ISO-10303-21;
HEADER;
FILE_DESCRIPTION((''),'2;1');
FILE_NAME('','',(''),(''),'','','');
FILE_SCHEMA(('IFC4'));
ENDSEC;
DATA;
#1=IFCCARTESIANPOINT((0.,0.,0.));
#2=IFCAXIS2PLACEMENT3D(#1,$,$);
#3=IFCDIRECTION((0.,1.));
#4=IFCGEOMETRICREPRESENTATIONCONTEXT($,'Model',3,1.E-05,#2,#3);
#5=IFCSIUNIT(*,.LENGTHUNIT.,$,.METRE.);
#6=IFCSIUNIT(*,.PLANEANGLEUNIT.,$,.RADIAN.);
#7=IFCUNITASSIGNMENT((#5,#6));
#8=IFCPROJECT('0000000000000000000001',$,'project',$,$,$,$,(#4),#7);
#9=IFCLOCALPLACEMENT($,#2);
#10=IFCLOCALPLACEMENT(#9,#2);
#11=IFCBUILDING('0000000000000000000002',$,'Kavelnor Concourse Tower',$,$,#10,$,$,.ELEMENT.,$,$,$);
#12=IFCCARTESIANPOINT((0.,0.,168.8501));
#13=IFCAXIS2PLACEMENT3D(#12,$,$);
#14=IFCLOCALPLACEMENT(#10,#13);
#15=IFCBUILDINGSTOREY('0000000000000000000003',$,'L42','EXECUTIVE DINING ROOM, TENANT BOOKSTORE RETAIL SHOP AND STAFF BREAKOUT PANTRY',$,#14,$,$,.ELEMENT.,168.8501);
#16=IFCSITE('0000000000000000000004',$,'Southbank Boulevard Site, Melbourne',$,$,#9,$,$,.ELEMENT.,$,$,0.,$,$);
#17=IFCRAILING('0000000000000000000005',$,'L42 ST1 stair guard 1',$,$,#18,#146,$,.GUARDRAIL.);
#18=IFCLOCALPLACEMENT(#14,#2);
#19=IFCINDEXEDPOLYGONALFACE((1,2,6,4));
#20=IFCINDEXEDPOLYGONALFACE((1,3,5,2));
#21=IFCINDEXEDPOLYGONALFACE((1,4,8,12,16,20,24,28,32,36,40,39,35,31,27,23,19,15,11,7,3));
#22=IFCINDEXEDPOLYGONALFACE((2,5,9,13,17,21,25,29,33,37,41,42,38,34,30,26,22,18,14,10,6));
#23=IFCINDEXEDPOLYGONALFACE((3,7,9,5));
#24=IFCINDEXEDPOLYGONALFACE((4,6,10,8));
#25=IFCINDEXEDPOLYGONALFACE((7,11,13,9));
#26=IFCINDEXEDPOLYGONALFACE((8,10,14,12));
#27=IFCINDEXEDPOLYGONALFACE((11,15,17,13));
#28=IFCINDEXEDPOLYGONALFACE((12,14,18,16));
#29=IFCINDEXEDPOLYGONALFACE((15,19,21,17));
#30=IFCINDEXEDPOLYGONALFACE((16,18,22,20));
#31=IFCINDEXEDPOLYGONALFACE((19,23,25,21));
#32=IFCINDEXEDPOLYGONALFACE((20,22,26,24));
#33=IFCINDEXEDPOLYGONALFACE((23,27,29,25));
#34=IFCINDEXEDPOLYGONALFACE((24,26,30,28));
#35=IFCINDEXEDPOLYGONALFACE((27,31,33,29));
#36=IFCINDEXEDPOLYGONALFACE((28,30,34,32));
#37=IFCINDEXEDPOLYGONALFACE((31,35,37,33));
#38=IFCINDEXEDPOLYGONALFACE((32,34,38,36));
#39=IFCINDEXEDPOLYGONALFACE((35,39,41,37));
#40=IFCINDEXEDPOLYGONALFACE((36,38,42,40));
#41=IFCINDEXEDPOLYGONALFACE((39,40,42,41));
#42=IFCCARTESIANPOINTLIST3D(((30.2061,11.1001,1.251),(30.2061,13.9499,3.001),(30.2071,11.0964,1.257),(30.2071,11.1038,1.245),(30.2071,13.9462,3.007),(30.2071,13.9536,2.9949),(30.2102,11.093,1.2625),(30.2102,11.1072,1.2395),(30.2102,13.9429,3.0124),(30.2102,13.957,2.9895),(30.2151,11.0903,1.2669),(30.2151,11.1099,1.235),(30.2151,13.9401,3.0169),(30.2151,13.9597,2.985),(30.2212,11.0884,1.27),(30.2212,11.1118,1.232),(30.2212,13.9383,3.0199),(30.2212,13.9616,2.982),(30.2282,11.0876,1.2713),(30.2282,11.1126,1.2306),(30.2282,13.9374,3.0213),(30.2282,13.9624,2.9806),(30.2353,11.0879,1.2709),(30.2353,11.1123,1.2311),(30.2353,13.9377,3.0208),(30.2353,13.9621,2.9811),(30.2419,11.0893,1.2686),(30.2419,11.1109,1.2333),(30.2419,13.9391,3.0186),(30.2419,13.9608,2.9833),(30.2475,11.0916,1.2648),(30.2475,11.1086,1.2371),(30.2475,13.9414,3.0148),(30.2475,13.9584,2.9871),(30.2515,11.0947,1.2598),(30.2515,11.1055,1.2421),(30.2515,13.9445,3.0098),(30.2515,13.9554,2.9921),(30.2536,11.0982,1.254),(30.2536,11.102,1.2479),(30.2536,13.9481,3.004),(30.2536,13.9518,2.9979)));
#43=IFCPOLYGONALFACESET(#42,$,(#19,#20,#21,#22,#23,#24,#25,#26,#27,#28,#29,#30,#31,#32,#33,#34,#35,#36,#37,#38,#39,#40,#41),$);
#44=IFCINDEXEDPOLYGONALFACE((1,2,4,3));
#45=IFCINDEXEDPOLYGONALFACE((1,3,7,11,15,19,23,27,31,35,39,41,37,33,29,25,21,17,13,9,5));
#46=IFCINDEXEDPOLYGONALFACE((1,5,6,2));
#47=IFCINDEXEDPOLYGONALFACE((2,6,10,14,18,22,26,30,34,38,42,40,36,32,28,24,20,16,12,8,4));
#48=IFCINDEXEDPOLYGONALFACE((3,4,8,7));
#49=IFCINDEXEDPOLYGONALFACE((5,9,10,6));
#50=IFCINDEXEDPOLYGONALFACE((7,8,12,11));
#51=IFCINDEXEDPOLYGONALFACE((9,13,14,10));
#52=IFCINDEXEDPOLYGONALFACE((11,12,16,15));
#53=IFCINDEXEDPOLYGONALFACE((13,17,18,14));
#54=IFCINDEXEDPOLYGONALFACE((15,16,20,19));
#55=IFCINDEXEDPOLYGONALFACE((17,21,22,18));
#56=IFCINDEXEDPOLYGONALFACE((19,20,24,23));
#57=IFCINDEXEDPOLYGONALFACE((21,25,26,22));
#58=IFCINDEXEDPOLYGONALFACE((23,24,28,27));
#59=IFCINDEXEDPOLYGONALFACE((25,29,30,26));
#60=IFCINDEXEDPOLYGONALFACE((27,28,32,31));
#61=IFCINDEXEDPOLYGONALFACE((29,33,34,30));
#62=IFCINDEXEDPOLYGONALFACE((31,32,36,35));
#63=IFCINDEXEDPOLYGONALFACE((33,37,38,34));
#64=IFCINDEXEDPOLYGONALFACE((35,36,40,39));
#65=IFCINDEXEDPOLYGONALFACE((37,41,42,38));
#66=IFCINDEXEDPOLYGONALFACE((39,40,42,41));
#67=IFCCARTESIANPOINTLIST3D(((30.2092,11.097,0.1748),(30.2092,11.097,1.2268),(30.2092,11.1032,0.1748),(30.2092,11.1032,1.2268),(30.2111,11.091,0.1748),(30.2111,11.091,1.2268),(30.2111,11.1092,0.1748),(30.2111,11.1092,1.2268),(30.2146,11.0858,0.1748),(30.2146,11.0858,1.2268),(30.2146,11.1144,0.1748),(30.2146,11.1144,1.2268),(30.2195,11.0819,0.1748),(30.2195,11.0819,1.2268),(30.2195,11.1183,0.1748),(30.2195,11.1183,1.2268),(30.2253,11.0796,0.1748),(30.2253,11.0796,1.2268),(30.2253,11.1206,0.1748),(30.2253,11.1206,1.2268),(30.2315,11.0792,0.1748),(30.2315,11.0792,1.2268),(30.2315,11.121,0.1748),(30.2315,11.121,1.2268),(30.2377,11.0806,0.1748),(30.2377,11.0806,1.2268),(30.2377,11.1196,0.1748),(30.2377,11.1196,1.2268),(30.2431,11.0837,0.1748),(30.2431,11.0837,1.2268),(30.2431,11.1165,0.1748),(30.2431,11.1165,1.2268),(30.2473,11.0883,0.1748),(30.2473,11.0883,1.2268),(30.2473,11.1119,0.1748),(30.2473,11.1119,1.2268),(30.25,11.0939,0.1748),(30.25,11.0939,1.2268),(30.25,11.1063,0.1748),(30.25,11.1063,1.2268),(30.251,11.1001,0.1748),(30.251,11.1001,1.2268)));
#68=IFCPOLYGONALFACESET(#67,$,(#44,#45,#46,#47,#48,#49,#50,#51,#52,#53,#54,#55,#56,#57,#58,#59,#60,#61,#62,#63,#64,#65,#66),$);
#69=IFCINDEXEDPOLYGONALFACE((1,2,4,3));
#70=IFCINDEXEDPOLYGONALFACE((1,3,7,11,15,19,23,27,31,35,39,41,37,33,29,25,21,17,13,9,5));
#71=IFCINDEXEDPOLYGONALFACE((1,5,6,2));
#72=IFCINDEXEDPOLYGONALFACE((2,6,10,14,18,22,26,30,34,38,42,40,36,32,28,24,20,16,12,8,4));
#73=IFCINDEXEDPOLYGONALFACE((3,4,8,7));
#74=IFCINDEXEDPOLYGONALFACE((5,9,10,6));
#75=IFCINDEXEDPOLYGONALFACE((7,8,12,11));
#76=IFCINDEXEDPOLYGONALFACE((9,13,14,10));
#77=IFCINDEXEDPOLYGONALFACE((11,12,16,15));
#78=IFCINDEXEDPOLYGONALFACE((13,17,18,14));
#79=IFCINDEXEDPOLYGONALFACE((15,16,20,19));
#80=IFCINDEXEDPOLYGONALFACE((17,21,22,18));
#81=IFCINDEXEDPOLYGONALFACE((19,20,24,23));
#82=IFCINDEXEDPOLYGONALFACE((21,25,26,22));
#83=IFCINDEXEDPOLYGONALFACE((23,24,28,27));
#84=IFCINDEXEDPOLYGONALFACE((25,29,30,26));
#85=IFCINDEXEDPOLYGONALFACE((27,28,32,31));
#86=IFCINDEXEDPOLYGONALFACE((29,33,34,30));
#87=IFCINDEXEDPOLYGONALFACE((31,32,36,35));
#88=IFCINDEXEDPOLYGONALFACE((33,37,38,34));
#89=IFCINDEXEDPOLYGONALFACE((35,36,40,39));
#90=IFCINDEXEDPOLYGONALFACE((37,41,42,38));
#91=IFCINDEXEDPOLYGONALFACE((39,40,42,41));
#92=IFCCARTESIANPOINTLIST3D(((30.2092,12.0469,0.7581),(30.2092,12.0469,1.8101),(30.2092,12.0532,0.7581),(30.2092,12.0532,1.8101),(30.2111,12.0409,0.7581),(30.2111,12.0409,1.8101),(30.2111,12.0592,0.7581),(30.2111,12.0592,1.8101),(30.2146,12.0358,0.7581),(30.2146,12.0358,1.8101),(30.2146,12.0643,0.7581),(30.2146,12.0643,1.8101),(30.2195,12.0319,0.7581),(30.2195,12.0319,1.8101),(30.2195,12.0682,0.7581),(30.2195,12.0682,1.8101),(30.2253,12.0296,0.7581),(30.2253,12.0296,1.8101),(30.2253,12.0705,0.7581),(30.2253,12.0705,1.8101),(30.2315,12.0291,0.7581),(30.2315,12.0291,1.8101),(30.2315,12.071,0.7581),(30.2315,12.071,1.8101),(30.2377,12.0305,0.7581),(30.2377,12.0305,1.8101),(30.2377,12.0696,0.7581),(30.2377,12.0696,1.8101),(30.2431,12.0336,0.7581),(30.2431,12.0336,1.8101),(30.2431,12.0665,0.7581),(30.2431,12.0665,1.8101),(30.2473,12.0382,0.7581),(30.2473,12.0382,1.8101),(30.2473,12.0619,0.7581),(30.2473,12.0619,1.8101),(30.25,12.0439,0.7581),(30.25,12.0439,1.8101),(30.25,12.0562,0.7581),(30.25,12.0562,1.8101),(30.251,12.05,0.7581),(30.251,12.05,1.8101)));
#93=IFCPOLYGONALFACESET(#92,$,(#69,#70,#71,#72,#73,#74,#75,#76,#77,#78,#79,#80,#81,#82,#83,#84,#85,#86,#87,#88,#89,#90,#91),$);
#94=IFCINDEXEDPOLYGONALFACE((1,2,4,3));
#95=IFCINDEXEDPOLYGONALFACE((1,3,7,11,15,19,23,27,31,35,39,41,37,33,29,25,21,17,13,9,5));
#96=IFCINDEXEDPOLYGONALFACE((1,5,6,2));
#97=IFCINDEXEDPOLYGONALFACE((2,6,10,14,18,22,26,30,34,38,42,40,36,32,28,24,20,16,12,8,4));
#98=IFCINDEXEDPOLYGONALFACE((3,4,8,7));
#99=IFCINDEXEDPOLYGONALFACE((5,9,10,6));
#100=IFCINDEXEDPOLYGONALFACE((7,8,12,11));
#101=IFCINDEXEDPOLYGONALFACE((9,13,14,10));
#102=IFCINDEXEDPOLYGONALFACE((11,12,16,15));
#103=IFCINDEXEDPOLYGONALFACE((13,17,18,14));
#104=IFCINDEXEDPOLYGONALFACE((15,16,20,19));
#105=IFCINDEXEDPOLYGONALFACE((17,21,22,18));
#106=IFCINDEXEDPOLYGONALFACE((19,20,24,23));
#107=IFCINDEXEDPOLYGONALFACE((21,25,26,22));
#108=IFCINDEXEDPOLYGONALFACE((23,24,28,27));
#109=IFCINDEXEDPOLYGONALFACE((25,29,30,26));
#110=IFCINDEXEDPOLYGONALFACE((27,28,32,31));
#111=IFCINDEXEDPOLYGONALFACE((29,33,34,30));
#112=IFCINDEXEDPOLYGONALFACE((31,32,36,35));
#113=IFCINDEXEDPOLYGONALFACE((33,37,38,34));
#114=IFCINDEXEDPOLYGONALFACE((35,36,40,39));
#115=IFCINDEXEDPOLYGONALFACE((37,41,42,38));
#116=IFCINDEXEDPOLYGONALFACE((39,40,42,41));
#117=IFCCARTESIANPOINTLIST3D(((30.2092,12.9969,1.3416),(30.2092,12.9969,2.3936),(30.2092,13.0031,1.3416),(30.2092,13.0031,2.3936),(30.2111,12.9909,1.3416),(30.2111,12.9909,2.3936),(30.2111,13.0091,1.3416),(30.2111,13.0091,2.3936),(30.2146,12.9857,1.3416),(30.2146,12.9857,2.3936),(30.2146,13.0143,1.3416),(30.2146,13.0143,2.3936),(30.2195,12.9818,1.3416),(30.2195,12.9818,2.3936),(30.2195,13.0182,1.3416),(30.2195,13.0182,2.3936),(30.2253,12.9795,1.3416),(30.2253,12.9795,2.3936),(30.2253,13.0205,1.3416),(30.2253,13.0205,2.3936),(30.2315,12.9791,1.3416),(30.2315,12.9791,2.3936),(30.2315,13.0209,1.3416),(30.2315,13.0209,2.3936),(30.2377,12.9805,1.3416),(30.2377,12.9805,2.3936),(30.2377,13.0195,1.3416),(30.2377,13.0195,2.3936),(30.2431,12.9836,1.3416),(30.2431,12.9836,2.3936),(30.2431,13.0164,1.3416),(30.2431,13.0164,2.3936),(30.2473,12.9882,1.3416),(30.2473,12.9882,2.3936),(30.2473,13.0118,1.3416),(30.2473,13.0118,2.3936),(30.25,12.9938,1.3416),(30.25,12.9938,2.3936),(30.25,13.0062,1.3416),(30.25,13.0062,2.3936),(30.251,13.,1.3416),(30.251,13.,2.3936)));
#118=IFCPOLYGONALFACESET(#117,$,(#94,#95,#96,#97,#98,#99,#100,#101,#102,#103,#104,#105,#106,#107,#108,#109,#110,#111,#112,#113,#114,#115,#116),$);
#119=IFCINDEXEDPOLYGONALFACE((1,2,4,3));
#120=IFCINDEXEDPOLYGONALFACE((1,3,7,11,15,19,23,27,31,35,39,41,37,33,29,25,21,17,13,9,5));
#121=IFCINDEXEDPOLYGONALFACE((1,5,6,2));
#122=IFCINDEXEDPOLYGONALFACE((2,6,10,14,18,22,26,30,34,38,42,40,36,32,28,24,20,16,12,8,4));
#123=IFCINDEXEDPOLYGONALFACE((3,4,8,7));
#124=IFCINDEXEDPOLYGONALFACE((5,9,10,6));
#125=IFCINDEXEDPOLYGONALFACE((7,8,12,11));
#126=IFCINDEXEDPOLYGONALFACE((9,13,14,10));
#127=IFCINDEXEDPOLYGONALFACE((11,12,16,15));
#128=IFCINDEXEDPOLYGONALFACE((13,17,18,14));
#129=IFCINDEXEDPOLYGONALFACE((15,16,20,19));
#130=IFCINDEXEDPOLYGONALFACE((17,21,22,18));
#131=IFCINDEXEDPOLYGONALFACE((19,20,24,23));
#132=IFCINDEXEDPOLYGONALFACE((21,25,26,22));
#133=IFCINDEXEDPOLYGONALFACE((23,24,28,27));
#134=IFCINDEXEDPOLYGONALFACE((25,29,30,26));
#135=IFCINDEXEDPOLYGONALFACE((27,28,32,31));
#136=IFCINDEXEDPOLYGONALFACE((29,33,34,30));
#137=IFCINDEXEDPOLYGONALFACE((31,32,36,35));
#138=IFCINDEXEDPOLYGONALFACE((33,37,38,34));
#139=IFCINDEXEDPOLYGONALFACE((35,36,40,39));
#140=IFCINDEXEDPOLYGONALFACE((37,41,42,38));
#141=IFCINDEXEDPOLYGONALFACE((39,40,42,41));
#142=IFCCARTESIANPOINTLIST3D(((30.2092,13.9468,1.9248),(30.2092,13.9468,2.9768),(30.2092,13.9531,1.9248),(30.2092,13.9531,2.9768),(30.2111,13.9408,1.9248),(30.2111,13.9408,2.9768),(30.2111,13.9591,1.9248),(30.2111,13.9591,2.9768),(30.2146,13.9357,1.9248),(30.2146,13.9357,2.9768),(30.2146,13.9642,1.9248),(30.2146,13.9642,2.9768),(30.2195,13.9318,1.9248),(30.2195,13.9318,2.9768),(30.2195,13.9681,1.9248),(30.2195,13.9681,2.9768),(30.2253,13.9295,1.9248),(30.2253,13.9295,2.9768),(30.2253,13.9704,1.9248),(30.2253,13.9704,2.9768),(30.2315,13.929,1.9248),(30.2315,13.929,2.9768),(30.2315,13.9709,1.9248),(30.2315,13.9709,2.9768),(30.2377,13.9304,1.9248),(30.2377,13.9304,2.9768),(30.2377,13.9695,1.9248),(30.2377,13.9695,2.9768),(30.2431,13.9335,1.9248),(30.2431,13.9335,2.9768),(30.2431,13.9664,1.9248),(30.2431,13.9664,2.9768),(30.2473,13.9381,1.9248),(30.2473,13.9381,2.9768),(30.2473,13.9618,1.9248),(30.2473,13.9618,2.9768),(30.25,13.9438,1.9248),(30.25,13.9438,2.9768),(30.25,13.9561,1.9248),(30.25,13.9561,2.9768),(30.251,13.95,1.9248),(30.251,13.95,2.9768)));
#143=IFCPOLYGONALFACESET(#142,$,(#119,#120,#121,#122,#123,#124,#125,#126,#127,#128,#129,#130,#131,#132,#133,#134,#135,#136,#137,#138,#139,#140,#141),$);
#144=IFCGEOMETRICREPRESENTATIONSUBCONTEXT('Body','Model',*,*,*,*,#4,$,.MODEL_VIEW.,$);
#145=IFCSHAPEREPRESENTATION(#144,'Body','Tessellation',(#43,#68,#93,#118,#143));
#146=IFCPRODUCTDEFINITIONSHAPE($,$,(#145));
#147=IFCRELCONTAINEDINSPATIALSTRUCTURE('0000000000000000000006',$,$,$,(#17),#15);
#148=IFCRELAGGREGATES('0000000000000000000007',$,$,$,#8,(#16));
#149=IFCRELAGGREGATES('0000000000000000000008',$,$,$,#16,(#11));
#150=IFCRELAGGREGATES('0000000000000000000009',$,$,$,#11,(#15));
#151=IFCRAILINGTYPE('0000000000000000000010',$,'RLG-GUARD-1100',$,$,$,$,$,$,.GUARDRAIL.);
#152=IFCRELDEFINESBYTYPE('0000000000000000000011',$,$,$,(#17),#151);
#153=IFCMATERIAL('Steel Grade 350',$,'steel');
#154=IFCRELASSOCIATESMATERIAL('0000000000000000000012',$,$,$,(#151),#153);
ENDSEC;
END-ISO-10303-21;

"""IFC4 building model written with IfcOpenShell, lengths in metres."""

from ifc_helpers import new_model, si_unit, direction, frame, origin, origin_2d, place, context, subcontext, project, spatial, circle, extrude, material, type_object, element, save


model = new_model("IFC4")

# Units and contexts
model_context = context("Model", 3, precision=1e-05, world=origin(), true_north=direction((0.0, 1.0)))
body_context = subcontext(model_context, "Body", "Model", "MODEL_VIEW")
ifc_project = project(units=[si_unit("LENGTHUNIT", "METRE"), si_unit("PLANEANGLEUNIT", "RADIAN")], contexts=[model_context])

# Site, building, storey
site_placement = place(None, origin())
site = spatial("IfcSite", under=ifc_project, at=site_placement, Name="Southbank Boulevard Site, Melbourne", CompositionType="ELEMENT", RefElevation=0.0)
building_placement = place(site_placement, origin())
building = spatial("IfcBuilding", under=site, at=building_placement, Name="Kavelnor Concourse Tower", CompositionType="ELEMENT")
storey_placement = place(building_placement, frame((0.0, 0.0, 168.8501)))
storey = spatial("IfcBuildingStorey", under=building, at=storey_placement, Name="L42", Description="EXECUTIVE DINING ROOM, TENANT BOOKSTORE RETAIL SHOP AND STAFF BREAKOUT PANTRY", CompositionType="ELEMENT", Elevation=168.8501)

# Shared definitions
ifc_material_1 = material(Name="Steel Grade 350", Category="steel")

# Railing
railing_type_1 = type_object("IfcRailingType", Name="RLG-GUARD-1100", PredefinedType="GUARDRAIL", material=ifc_material_1)
railing_1_placement = place(storey_placement, frame((30.23, 11.1001, 0.1748)))
element("IfcRailing", 1, at=railing_1_placement, inside=storey, type_object=railing_type_1, Name="L42 ST1 stair guard 1", PredefinedType="GUARDRAIL", context=body_context, shape_type="SweptSolid", body=[
    extrude(circle(Radius=0.0239, at=origin_2d()), frame((0.0, 0.0, 1.0762), z_axis=(0.0, 0.852159, 0.523283), x_axis=(-1.0, 0.0, 0.0)), (0.0, 0.0, 1.0), 3.3442),
    extrude(circle(Radius=0.021, at=origin_2d()), origin(), (0.0, 0.0, 1.0), 1.052),
    extrude(circle(Radius=0.021, at=origin_2d()), frame((0.0, 0.95, 0.5833)), (0.0, 0.0, 1.0), 1.052),
    extrude(circle(Radius=0.021, at=origin_2d()), frame((0.0, 1.8999, 1.1667)), (0.0, 0.0, 1.0), 1.052),
    extrude(circle(Radius=0.021, at=origin_2d()), frame((0.0, 2.8499, 1.75)), (0.0, 0.0, 1.0), 1.052),
])

save(model, "model.ifc")
